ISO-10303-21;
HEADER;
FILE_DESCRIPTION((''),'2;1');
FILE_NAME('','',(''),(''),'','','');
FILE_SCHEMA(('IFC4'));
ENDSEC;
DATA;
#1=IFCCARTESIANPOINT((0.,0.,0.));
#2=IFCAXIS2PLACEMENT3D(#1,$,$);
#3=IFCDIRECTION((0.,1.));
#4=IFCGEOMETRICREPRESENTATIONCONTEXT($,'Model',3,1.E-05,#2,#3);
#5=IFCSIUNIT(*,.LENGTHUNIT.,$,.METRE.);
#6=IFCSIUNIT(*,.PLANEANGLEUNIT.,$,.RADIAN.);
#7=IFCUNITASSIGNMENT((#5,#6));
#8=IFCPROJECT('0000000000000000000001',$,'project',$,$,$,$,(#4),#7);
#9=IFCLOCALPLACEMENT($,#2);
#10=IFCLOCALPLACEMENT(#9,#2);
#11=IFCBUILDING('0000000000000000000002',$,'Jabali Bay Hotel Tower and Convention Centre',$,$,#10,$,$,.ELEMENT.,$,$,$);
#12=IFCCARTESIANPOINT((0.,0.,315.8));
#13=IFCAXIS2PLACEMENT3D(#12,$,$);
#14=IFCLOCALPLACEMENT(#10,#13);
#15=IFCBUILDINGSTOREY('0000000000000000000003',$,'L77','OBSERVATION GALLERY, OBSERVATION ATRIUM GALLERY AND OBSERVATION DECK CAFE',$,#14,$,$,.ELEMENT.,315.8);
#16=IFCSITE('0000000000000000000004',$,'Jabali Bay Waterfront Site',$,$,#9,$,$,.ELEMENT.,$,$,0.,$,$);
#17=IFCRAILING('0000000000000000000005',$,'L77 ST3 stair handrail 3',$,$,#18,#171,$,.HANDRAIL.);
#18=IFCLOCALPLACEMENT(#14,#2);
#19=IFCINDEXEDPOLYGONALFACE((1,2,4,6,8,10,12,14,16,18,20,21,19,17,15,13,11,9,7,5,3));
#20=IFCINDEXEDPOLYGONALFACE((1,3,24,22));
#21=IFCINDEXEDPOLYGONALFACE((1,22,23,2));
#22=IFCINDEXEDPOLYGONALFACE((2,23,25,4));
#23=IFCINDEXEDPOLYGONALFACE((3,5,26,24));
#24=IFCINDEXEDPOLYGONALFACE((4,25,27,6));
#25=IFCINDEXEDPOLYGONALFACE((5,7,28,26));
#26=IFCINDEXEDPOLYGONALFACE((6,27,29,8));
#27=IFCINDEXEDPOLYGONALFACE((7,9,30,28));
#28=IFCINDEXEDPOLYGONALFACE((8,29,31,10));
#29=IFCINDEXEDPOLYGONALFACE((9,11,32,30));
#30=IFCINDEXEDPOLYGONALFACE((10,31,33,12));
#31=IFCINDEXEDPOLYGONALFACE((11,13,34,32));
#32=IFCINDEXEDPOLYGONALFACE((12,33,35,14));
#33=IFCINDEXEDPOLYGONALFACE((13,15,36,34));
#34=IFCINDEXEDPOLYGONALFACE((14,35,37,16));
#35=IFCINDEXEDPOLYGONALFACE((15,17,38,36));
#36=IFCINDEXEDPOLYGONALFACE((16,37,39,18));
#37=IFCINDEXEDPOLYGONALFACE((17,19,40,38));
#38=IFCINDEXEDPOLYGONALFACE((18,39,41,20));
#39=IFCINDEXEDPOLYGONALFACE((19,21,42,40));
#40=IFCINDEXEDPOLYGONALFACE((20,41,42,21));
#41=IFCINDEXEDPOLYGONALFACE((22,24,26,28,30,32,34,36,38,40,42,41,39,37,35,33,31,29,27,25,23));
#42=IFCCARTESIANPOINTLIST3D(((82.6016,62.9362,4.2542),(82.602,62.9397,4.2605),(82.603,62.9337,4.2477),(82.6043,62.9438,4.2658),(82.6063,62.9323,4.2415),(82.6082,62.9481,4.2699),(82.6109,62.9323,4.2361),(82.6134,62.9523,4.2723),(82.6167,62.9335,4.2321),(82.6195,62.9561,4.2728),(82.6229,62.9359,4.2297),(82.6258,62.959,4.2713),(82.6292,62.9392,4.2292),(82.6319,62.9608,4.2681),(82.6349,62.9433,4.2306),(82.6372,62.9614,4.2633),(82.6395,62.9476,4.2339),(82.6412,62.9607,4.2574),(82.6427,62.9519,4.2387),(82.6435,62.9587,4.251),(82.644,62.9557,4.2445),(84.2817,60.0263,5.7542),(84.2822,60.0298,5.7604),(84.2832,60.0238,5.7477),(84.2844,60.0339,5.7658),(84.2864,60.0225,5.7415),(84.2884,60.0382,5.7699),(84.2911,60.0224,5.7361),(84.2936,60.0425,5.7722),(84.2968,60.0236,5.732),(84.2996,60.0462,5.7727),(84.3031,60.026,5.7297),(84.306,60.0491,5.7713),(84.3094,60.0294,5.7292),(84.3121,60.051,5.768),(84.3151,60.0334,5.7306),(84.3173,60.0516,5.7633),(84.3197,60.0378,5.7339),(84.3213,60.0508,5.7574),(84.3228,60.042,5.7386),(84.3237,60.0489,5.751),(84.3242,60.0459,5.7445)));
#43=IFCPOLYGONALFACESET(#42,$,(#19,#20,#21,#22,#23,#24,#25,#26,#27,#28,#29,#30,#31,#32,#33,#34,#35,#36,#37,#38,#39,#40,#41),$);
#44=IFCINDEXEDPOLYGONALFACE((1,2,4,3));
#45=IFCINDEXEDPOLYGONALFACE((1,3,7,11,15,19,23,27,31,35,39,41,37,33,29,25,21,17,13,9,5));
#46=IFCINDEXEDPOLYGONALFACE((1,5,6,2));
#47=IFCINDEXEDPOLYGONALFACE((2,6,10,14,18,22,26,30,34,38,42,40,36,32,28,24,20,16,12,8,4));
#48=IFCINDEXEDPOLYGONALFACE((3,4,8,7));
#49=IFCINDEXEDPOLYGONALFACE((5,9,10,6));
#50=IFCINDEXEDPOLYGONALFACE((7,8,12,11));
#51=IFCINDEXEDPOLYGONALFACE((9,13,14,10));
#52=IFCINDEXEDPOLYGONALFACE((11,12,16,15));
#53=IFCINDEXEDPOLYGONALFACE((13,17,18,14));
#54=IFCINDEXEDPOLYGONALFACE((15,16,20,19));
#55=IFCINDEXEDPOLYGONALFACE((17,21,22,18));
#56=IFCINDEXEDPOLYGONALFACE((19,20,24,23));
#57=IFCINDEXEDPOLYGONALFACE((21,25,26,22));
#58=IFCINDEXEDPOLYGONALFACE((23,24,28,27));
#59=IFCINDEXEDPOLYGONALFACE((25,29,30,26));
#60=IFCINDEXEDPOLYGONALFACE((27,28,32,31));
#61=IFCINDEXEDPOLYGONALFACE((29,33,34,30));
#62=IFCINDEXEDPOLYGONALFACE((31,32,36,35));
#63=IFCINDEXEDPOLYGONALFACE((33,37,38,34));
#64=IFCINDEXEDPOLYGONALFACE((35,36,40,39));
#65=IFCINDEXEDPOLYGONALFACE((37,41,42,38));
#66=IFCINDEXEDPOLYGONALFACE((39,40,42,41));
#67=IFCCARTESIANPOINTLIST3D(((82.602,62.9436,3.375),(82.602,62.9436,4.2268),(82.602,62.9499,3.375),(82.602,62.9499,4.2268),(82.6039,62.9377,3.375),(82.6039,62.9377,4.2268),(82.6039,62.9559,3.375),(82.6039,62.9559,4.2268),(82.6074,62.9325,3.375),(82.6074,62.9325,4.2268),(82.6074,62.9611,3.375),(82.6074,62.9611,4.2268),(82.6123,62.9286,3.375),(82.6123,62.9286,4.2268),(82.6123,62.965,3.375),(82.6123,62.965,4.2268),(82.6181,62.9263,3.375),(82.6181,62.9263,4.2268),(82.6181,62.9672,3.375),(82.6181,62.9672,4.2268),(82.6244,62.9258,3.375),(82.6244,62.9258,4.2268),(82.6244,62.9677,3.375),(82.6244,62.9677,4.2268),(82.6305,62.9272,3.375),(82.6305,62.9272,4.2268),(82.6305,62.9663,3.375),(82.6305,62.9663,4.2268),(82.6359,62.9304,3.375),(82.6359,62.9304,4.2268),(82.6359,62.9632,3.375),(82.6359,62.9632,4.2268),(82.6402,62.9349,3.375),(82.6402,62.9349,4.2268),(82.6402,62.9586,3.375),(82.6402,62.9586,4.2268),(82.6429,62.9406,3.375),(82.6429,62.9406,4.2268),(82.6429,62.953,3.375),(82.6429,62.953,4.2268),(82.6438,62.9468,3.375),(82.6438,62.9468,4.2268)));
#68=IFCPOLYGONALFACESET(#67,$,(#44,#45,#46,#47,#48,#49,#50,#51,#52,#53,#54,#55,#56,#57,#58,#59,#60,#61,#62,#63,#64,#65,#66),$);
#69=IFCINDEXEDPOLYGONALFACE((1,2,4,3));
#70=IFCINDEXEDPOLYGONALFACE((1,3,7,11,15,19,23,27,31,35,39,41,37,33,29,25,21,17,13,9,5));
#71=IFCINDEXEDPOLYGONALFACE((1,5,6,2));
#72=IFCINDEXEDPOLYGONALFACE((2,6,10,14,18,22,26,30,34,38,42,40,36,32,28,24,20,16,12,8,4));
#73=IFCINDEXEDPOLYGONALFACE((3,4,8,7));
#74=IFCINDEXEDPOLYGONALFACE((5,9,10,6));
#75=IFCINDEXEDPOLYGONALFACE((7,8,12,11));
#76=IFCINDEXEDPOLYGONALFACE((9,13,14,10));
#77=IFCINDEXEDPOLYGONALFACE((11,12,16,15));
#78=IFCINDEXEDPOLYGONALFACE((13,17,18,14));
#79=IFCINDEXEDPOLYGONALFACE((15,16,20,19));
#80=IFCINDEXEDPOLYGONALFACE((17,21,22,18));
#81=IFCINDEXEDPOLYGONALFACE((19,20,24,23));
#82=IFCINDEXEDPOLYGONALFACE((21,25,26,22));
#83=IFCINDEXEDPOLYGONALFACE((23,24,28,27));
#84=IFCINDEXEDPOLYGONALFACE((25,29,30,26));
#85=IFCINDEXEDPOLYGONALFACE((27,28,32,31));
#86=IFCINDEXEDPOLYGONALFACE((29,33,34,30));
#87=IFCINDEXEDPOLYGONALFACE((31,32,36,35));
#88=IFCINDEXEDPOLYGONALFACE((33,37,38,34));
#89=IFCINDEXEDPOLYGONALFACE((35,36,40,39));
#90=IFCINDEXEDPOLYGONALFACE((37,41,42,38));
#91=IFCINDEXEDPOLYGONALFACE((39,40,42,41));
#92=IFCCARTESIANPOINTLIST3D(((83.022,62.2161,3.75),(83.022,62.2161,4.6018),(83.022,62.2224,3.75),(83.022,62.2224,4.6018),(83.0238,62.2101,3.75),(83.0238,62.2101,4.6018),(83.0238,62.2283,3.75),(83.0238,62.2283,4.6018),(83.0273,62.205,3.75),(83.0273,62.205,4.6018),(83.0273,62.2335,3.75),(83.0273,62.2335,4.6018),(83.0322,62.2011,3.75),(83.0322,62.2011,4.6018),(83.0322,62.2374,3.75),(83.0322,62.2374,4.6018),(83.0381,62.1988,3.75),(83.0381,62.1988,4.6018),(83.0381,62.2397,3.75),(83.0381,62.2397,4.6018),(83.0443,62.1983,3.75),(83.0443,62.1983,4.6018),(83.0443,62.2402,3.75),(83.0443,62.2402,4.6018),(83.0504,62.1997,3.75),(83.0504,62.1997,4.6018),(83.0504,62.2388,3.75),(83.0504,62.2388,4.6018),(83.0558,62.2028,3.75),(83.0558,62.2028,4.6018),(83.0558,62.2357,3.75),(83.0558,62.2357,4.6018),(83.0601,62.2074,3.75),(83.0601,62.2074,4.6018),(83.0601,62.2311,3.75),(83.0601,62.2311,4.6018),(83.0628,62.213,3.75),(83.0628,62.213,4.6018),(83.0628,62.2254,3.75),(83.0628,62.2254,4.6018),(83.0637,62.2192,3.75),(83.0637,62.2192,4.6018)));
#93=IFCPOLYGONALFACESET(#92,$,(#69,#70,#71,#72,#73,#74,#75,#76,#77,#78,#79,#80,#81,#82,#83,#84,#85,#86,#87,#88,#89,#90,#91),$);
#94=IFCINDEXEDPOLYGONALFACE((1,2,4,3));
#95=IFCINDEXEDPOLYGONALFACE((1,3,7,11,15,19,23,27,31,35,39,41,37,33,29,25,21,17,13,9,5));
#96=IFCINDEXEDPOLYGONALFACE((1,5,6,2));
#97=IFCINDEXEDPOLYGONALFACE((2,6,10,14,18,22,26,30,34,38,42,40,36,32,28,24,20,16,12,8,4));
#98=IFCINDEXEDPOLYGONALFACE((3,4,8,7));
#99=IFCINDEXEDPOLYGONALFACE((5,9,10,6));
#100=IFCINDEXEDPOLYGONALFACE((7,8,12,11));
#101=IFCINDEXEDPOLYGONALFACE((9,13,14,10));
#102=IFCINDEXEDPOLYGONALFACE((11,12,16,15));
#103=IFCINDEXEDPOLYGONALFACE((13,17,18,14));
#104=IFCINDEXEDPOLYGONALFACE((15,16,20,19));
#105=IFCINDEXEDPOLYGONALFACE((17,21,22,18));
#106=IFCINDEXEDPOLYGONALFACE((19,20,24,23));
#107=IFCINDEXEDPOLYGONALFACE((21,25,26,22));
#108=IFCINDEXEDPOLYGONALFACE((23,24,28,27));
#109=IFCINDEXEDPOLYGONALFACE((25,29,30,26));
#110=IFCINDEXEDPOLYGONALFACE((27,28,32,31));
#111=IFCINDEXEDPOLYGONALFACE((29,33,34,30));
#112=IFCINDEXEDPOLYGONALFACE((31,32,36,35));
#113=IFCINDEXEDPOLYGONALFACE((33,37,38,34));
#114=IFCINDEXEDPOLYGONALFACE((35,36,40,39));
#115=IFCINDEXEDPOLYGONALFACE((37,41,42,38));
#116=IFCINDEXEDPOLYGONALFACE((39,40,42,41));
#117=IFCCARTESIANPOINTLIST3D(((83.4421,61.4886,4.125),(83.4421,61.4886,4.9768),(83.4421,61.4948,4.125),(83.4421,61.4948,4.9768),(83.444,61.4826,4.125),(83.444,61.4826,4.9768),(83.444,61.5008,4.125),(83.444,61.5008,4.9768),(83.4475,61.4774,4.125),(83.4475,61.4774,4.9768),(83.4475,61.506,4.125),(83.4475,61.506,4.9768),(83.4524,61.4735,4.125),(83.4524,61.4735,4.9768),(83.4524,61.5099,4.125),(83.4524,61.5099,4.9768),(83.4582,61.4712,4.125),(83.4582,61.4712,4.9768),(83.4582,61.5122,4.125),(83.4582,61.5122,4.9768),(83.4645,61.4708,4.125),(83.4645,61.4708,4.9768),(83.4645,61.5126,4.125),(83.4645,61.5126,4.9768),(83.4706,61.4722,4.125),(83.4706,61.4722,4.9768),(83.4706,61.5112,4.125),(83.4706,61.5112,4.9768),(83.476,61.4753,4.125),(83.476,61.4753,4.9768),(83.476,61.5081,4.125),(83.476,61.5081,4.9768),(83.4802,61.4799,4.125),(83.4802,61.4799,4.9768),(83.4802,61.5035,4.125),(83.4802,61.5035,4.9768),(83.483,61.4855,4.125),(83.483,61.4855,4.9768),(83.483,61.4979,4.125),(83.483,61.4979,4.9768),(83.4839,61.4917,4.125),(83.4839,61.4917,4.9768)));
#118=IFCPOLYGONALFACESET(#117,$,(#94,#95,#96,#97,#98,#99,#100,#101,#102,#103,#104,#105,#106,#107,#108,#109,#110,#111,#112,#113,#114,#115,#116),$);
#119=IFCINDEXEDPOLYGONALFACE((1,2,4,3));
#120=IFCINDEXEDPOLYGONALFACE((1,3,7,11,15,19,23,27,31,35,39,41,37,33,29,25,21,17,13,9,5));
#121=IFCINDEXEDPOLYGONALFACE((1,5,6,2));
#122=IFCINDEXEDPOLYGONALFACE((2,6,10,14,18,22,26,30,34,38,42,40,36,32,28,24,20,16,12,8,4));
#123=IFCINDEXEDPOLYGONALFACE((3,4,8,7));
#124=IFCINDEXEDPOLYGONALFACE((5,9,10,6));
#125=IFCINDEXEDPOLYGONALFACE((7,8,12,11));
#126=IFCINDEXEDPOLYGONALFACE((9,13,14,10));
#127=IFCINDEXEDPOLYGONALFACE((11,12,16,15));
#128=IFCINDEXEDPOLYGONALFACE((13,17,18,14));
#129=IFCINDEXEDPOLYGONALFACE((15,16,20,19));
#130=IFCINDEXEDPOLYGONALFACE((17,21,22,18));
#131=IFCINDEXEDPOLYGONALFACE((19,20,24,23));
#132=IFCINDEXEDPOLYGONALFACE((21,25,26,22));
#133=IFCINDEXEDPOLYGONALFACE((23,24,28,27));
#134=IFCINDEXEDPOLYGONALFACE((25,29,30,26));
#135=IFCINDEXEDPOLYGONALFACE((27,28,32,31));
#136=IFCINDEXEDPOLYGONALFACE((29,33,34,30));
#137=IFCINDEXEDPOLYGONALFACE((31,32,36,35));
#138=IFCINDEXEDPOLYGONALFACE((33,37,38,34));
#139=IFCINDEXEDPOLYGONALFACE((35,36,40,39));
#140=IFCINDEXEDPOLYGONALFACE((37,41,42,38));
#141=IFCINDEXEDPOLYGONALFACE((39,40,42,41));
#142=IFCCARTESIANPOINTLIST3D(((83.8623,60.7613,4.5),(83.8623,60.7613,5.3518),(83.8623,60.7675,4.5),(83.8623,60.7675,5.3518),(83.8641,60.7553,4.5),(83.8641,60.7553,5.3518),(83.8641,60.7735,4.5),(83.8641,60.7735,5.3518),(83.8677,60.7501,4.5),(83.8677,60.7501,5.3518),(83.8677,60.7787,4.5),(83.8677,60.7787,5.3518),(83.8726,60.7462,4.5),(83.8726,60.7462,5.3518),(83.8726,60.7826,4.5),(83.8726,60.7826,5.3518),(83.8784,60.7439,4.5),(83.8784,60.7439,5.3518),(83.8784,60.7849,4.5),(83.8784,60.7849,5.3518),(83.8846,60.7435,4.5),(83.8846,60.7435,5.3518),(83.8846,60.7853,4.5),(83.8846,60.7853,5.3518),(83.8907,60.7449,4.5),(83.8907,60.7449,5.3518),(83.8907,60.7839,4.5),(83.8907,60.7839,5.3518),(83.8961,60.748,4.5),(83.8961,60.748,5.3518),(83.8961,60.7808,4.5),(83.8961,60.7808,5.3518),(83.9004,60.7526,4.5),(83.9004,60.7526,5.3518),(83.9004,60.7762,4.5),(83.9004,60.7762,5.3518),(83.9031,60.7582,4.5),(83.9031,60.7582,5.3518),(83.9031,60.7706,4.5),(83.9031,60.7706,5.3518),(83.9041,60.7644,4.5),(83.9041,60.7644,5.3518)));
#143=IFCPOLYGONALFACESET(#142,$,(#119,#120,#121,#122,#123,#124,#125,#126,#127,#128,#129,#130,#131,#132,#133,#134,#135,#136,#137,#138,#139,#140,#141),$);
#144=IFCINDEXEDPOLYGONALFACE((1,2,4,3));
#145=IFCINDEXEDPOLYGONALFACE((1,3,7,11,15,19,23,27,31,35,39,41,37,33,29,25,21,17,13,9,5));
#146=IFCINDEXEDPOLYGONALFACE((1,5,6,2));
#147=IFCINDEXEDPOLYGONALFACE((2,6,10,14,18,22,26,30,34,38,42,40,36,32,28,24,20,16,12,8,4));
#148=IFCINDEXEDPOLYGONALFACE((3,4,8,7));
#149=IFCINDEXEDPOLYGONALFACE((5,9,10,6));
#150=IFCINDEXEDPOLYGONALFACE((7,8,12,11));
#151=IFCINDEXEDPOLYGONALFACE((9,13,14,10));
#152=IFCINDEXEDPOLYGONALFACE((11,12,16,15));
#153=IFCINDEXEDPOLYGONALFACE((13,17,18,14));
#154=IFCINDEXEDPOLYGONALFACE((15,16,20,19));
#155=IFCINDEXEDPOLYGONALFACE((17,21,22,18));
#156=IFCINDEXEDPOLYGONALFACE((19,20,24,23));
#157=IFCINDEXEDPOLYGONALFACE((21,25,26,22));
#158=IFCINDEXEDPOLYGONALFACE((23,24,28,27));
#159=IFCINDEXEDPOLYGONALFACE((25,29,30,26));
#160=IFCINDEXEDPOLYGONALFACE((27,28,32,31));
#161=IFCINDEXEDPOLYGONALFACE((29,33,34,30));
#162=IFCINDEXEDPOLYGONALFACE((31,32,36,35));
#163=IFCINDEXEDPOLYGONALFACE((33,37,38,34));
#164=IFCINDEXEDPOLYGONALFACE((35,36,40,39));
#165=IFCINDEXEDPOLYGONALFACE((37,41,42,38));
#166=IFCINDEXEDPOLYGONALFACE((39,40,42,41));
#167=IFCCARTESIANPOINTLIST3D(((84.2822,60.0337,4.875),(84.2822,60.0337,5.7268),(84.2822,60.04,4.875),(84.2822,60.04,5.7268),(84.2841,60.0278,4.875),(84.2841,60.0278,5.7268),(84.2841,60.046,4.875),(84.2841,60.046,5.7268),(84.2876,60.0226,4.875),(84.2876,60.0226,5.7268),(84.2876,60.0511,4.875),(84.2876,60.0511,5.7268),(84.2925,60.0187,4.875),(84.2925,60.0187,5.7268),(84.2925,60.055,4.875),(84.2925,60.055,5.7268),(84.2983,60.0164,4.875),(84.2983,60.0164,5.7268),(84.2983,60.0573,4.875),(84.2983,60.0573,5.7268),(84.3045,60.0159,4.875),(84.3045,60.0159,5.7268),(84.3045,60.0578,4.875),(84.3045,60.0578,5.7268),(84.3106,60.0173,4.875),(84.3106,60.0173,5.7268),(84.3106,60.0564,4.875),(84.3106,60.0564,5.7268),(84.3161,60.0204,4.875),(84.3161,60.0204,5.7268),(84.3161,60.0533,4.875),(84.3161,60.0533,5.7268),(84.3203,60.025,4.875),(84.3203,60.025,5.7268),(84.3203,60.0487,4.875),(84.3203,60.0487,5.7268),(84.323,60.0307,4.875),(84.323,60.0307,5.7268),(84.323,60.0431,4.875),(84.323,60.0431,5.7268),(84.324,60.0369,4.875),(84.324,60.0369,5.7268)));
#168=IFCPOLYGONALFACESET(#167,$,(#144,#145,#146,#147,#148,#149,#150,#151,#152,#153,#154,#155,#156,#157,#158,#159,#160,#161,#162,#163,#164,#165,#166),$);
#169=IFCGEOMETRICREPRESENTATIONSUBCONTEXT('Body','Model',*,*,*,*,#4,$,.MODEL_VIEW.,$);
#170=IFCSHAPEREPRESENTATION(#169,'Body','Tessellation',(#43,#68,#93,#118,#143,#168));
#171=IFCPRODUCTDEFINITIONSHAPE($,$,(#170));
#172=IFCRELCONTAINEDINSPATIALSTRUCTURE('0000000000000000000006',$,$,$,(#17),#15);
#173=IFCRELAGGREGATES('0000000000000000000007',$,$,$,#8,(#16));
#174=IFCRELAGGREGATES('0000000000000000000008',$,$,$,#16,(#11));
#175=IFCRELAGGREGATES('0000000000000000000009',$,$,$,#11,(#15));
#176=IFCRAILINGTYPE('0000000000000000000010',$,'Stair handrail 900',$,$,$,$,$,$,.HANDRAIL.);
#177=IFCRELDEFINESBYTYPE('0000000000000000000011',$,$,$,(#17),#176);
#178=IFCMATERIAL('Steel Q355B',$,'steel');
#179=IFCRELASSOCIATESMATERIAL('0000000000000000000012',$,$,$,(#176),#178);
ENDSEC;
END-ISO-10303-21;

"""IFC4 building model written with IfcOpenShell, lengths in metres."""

from ifc_helpers import new_model, si_unit, direction, frame, origin, origin_2d, place, context, subcontext, project, spatial, circle, extrude, material, type_object, element, save


model = new_model("IFC4")

# Units and contexts
model_context = context("Model", 3, precision=1e-05, world=origin(), true_north=direction((0.0, 1.0)))
body_context = subcontext(model_context, "Body", "Model", "MODEL_VIEW")
ifc_project = project(units=[si_unit("LENGTHUNIT", "METRE"), si_unit("PLANEANGLEUNIT", "RADIAN")], contexts=[model_context])

# Site, building, storey
site_placement = place(None, origin())
site = spatial("IfcSite", under=ifc_project, at=site_placement, Name="Jabali Bay Waterfront Site", CompositionType="ELEMENT", RefElevation=0.0)
building_placement = place(site_placement, origin())
building = spatial("IfcBuilding", under=site, at=building_placement, Name="Jabali Bay Hotel Tower and Convention Centre", CompositionType="ELEMENT")
storey_placement = place(building_placement, frame((0.0, 0.0, 315.8)))
storey = spatial("IfcBuildingStorey", under=building, at=storey_placement, Name="L77", Description="OBSERVATION GALLERY, OBSERVATION ATRIUM GALLERY AND OBSERVATION DECK CAFE", CompositionType="ELEMENT", Elevation=315.8)

# Railing
ifc_material_1 = material(Name="Steel Q355B", Category="steel")
railing_type_1 = type_object("IfcRailingType", Name="Stair handrail 900", PredefinedType="HANDRAIL", material=ifc_material_1)
railing_1_placement = place(storey_placement, frame((82.6228, 62.9468, 3.375)))
element("IfcRailing", 1, at=railing_1_placement, inside=storey, type_object=railing_type_1, Name="L77 ST3 stair handrail 3", PredefinedType="HANDRAIL", context=body_context, shape_type="SweptSolid", body=[
    extrude(circle(Radius=0.0239, at=origin_2d()), frame((0.0, 0.0, 0.876), z_axis=(0.4566, -0.79079, 0.407636), x_axis=(0.866008, 0.500031, 0.0)), (0.0, 0.0, 1.0), 3.6797),
    extrude(circle(Radius=0.021, at=origin_2d()), origin(), (0.0, 0.0, 1.0), 0.8518),
    extrude(circle(Radius=0.021, at=origin_2d()), frame((0.4199, -0.7275, 0.375)), (0.0, 0.0, 1.0), 0.8518),
    extrude(circle(Radius=0.021, at=origin_2d()), frame((0.8401, -1.4551, 0.75)), (0.0, 0.0, 1.0), 0.8518),
    extrude(circle(Radius=0.021, at=origin_2d()), frame((1.2603, -2.1824, 1.125)), (0.0, 0.0, 1.0), 0.8518),
    extrude(circle(Radius=0.021, at=origin_2d()), frame((1.6802, -2.9099, 1.5)), (0.0, 0.0, 1.0), 0.8518),
])

save(model, "model.ifc")
